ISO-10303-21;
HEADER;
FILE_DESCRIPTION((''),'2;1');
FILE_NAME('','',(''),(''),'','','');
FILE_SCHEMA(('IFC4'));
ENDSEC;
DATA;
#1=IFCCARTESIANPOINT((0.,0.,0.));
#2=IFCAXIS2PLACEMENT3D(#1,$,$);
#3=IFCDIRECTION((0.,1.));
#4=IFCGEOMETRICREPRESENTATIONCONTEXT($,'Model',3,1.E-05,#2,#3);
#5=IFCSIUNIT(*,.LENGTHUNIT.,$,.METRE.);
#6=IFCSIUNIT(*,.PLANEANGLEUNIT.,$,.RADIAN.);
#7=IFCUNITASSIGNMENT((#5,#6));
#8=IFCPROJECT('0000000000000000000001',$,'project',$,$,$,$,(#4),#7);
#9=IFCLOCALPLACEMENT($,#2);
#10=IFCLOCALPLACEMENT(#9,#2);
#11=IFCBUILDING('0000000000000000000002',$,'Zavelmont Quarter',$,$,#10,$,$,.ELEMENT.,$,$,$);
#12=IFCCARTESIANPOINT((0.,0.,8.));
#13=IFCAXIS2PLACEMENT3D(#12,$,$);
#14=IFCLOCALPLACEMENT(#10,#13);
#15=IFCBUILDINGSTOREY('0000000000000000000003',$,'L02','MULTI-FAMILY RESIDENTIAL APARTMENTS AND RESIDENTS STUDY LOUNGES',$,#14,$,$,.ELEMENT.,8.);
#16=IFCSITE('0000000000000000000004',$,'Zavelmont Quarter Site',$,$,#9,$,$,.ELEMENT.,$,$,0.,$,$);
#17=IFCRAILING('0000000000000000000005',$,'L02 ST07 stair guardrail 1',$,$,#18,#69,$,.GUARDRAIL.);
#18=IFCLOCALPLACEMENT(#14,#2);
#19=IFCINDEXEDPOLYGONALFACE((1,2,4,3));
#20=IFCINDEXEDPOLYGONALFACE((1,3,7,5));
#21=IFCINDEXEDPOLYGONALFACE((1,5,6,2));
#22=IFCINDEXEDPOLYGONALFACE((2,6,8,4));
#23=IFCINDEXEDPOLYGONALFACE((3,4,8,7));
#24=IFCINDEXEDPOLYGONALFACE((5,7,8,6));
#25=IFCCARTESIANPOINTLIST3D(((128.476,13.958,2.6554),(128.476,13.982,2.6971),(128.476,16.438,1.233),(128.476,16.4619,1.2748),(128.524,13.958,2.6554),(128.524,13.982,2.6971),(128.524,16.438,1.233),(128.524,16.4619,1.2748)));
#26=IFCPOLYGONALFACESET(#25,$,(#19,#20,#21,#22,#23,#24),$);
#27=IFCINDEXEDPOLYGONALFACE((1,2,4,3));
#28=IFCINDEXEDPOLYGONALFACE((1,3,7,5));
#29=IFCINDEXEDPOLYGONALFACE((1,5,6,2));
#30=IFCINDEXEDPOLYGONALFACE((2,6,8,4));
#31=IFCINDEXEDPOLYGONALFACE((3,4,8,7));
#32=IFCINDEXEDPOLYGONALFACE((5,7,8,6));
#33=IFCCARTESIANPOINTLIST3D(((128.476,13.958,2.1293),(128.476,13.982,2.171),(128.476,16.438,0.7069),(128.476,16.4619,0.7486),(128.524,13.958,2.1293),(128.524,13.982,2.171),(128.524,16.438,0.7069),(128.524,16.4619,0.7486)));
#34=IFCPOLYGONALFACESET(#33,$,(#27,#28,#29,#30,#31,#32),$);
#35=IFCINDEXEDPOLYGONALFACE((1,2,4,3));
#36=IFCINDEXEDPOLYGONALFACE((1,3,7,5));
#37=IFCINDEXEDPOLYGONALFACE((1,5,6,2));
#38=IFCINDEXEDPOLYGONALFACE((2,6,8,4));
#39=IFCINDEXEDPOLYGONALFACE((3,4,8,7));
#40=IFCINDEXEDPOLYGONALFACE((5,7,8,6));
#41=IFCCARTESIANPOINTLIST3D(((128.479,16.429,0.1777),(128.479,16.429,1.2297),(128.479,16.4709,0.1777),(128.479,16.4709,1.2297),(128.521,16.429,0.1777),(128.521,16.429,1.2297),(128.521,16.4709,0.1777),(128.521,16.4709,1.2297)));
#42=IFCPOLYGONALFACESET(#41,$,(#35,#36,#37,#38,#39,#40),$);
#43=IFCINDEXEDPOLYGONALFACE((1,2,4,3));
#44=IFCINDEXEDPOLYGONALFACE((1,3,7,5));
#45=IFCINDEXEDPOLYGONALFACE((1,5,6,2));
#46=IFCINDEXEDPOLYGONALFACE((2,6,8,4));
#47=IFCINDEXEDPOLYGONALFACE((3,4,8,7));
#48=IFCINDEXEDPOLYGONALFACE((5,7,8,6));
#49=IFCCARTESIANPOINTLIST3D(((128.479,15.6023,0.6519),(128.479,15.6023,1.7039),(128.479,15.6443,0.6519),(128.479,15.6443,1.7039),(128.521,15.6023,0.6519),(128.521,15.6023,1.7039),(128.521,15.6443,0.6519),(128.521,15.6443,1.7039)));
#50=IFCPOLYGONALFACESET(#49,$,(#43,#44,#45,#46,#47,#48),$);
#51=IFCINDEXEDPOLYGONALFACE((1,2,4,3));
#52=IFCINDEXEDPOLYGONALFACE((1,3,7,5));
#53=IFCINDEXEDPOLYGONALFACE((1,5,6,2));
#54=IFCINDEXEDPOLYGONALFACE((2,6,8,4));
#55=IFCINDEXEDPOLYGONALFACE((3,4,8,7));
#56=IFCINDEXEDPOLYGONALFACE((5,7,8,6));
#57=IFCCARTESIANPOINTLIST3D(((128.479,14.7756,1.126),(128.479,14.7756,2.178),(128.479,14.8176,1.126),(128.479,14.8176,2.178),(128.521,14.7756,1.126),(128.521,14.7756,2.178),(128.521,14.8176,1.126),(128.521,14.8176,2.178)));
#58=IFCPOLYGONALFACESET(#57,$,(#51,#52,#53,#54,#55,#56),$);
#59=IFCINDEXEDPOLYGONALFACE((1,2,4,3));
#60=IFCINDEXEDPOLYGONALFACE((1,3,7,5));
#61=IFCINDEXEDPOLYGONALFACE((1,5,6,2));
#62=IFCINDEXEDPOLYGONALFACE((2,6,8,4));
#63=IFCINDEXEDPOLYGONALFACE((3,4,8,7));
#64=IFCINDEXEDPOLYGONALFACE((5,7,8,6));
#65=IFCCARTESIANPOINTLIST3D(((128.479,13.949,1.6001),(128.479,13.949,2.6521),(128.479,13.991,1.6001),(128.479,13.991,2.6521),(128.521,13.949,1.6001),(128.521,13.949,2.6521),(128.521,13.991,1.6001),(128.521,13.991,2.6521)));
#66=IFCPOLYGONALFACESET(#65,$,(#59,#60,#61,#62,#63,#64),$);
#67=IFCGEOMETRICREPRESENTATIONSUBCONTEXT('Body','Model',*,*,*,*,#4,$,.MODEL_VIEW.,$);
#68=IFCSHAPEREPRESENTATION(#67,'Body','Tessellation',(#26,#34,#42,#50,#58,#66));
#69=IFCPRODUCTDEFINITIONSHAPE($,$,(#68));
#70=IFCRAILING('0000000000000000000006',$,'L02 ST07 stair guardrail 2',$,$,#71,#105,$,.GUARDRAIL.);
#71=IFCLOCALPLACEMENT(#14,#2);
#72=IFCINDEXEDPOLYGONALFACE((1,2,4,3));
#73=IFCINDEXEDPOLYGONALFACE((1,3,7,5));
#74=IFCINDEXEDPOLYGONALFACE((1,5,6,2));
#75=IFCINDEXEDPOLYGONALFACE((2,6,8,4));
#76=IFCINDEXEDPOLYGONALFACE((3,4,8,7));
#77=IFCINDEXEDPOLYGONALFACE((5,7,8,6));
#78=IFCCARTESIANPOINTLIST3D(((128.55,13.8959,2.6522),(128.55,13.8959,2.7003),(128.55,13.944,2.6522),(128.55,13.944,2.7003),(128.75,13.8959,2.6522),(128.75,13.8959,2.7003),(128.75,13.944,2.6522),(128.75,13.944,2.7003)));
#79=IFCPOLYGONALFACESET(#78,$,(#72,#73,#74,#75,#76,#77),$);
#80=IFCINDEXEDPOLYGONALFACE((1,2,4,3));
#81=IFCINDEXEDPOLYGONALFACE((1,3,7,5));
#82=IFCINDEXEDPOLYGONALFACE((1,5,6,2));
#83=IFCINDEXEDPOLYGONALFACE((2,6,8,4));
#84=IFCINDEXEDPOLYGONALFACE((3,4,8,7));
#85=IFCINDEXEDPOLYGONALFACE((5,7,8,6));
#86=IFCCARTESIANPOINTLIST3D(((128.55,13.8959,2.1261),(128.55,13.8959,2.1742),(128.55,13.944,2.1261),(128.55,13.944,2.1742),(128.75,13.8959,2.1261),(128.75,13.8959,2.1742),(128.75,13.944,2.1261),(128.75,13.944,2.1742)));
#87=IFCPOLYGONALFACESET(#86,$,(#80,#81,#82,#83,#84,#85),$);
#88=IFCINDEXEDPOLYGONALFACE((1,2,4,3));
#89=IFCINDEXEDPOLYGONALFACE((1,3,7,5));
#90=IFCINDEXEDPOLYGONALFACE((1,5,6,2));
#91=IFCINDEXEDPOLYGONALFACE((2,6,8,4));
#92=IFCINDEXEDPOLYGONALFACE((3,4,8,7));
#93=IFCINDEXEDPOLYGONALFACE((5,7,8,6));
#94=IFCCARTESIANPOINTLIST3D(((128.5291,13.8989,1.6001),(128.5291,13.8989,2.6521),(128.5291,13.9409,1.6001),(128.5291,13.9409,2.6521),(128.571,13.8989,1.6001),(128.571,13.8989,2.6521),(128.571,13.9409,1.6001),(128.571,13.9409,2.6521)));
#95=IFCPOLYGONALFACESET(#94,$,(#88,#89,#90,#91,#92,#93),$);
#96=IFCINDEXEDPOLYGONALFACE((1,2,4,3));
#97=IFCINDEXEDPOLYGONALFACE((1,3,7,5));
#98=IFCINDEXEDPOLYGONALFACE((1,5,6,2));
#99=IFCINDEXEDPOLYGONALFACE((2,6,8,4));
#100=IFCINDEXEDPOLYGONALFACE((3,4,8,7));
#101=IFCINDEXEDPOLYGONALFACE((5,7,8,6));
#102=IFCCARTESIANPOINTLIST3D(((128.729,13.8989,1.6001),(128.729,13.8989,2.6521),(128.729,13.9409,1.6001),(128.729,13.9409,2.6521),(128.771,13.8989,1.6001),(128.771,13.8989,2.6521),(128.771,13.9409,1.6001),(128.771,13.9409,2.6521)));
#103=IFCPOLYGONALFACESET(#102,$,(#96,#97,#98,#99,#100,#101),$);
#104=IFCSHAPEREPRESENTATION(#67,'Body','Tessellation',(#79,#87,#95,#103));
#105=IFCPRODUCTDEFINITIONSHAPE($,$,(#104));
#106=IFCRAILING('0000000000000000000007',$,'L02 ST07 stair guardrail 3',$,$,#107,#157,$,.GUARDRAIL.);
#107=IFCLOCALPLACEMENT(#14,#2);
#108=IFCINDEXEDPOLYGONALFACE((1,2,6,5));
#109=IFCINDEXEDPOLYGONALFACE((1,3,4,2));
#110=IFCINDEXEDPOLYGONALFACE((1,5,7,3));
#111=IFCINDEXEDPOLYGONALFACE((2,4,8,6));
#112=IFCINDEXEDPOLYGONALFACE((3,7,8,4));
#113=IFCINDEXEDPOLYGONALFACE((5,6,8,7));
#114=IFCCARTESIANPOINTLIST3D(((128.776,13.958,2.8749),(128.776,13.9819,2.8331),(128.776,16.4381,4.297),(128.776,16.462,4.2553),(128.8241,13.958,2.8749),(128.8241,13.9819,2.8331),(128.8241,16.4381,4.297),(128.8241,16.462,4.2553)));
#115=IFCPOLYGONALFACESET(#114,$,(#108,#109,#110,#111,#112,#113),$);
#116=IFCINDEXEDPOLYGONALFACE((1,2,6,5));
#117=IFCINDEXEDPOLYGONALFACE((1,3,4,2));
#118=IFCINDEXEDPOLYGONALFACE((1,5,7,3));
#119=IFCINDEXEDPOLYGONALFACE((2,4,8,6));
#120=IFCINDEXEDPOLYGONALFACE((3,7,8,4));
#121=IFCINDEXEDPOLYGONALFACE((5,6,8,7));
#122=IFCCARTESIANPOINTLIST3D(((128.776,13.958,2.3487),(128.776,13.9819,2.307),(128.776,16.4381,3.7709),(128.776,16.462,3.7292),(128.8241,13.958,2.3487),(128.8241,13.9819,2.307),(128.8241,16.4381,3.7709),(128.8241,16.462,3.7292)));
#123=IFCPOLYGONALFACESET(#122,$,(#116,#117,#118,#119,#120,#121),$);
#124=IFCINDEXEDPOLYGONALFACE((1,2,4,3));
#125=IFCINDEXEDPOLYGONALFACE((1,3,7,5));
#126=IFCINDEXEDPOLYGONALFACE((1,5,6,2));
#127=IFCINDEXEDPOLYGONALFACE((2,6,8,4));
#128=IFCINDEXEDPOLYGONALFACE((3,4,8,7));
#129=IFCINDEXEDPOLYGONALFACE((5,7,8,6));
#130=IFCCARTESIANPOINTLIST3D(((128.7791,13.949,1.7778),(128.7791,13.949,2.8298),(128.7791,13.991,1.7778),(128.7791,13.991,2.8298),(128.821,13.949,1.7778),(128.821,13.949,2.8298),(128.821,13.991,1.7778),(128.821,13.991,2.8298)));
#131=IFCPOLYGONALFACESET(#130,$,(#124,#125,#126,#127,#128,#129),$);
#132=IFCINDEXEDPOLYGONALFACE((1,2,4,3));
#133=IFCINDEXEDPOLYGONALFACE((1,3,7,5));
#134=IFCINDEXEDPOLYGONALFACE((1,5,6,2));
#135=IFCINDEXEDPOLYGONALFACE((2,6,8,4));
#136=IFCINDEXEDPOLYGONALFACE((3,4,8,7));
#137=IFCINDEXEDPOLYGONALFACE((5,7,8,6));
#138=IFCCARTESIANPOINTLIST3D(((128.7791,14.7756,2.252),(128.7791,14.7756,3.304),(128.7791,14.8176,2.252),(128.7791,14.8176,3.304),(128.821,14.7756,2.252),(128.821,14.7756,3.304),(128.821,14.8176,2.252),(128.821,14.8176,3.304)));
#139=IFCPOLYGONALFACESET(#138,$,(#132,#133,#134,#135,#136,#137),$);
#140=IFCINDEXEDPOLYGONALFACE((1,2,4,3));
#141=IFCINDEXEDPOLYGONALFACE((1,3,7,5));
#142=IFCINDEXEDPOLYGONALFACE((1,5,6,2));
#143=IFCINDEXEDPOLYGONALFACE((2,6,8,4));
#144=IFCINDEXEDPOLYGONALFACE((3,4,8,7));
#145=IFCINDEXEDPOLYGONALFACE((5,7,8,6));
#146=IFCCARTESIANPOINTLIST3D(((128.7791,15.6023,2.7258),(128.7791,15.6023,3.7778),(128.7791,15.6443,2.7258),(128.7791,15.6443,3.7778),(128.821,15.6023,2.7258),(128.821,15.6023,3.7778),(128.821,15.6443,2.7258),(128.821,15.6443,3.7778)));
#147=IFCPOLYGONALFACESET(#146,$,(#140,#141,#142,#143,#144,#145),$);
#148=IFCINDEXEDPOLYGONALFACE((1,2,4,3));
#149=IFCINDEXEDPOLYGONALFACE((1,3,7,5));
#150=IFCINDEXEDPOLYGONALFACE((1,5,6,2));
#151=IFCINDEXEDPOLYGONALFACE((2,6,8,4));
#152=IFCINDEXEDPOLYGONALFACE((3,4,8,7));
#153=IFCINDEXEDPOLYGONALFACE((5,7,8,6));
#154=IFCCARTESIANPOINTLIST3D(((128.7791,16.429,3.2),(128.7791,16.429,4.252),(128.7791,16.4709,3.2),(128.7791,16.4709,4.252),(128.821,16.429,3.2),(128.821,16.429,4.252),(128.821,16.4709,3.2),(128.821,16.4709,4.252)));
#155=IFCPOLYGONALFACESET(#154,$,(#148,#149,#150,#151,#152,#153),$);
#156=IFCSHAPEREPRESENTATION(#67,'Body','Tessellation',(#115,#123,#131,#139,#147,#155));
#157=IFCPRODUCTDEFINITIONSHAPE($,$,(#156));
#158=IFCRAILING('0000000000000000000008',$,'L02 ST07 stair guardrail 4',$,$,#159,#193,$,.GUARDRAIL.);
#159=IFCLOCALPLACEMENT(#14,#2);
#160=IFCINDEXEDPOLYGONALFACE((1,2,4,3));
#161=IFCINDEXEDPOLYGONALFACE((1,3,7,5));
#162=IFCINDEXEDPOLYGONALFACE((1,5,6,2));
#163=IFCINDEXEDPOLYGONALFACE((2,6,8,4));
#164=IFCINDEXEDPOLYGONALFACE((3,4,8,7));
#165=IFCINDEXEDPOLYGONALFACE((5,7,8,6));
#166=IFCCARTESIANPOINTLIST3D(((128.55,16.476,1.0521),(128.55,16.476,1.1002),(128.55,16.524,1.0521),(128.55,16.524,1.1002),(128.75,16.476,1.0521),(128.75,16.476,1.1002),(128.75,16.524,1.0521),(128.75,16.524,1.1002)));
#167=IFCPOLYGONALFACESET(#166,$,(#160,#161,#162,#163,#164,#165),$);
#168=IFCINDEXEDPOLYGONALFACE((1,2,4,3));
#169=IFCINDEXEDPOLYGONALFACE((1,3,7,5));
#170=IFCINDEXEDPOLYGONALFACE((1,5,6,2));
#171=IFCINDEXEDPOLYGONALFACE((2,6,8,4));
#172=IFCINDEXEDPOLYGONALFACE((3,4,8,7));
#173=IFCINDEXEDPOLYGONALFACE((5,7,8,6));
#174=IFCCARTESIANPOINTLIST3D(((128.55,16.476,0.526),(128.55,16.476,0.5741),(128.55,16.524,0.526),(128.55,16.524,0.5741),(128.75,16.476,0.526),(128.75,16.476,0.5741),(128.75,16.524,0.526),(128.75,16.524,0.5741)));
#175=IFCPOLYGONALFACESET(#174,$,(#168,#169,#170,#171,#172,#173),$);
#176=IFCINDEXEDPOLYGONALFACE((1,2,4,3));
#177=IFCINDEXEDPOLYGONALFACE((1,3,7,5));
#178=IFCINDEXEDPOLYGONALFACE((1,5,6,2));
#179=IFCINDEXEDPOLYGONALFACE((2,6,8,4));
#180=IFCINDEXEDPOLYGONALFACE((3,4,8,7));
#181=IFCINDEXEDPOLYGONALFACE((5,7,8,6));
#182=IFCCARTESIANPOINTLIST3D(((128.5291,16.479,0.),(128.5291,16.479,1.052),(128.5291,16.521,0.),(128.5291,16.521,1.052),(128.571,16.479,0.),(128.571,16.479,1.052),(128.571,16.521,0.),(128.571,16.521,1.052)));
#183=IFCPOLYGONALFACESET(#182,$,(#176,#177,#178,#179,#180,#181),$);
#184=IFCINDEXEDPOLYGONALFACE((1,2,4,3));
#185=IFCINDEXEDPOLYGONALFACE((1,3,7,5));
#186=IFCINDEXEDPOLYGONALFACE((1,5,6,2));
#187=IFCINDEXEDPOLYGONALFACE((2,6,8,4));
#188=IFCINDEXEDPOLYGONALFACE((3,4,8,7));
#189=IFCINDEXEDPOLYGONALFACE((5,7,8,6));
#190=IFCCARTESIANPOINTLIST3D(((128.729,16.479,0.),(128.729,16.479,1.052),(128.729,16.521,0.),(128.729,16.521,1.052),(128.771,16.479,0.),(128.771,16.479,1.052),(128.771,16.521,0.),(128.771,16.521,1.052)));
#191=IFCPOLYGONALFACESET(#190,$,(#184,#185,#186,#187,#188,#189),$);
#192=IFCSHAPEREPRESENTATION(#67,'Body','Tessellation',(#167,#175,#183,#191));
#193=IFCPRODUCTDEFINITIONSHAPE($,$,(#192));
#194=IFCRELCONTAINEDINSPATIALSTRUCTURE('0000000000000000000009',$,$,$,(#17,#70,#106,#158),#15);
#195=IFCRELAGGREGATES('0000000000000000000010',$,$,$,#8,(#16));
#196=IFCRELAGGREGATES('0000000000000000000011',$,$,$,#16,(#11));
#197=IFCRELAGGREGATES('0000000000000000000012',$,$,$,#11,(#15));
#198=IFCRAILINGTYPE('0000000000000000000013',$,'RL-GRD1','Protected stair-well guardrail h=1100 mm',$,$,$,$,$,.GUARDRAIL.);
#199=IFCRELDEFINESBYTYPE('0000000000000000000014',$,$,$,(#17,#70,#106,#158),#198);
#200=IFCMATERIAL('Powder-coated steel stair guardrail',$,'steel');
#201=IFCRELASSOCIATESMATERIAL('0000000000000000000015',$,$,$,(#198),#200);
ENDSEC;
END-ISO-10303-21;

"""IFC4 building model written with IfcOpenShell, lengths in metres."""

from ifc_helpers import new_model, si_unit, direction, frame, origin, origin_2d, place, context, subcontext, project, spatial, rectangle, extrude, material, type_object, element, save


model = new_model("IFC4")

# Units and contexts
model_context = context("Model", 3, precision=1e-05, world=origin(), true_north=direction((0.0, 1.0)))
body_context = subcontext(model_context, "Body", "Model", "MODEL_VIEW")
ifc_project = project(units=[si_unit("LENGTHUNIT", "METRE"), si_unit("PLANEANGLEUNIT", "RADIAN")], contexts=[model_context])

# Site, building, storey
site_placement = place(None, origin())
site = spatial("IfcSite", under=ifc_project, at=site_placement, Name="Zavelmont Quarter Site", CompositionType="ELEMENT", RefElevation=0.0)
building_placement = place(site_placement, origin())
building = spatial("IfcBuilding", under=site, at=building_placement, Name="Zavelmont Quarter", CompositionType="ELEMENT")
storey_placement = place(building_placement, frame((0.0, 0.0, 8.0)))
storey = spatial("IfcBuildingStorey", under=building, at=storey_placement, Name="L02", Description="MULTI-FAMILY RESIDENTIAL APARTMENTS AND RESIDENTS STUDY LOUNGES", CompositionType="ELEMENT", Elevation=8.0)

# Railings
ifc_material_1 = material(Name="Powder-coated steel stair guardrail", Category="steel")
railing_type_1 = type_object("IfcRailingType", Name="RL-GRD1", Description="Protected stair-well guardrail h=1100 mm", PredefinedType="GUARDRAIL", material=ifc_material_1)
railing_1_placement = place(storey_placement, frame((128.5, 16.45, 0.1777)))
element("IfcRailing", 1, at=railing_1_placement, inside=storey, type_object=railing_type_1, Name="L02 ST07 stair guardrail 1", PredefinedType="GUARDRAIL", context=body_context, shape_type="SweptSolid", body=[
    extrude(rectangle(XDim=0.0481, YDim=0.0481, at=origin_2d()), frame((0.0, 0.0, 1.0762), z_axis=(0.0, -0.867454, 0.497518), x_axis=(1.0, 0.0, 0.0)), (0.0, 0.0, 1.0), 2.8589),
    extrude(rectangle(XDim=0.0481, YDim=0.0481, at=origin_2d()), frame((0.0, 0.0, 0.55), z_axis=(0.0, -0.867454, 0.497518), x_axis=(1.0, 0.0, 0.0)), (0.0, 0.0, 1.0), 2.8589),
    extrude(rectangle(XDim=0.042, YDim=0.042, at=origin_2d()), origin(), (0.0, 0.0, 1.0), 1.052),
    extrude(rectangle(XDim=0.042, YDim=0.042, at=origin_2d()), frame((0.0, -0.8267, 0.4741)), (0.0, 0.0, 1.0), 1.052),
    extrude(rectangle(XDim=0.042, YDim=0.042, at=origin_2d()), frame((0.0, -1.6533, 0.9482)), (0.0, 0.0, 1.0), 1.052),
    extrude(rectangle(XDim=0.042, YDim=0.042, at=origin_2d()), frame((0.0, -2.48, 1.4224)), (0.0, 0.0, 1.0), 1.052),
])
railing_2_placement = place(storey_placement, frame((128.55, 13.9199, 1.6001)))
element("IfcRailing", 2, at=railing_2_placement, inside=storey, type_object=railing_type_1, Name="L02 ST07 stair guardrail 2", PredefinedType="GUARDRAIL", context=body_context, shape_type="SweptSolid", body=[
    extrude(rectangle(XDim=0.0481, YDim=0.0481, at=origin_2d()), frame((0.0, 0.0, 1.0762), z_axis=(1.0, 0.0, 0.0), x_axis=(0.0, 1.0, 0.0)), (0.0, 0.0, 1.0), 0.2),
    extrude(rectangle(XDim=0.0481, YDim=0.0481, at=origin_2d()), frame((0.0, 0.0, 0.55), z_axis=(1.0, 0.0, 0.0), x_axis=(0.0, 1.0, 0.0)), (0.0, 0.0, 1.0), 0.2),
    extrude(rectangle(XDim=0.042, YDim=0.042, at=origin_2d()), origin(), (0.0, 0.0, 1.0), 1.052),
    extrude(rectangle(XDim=0.042, YDim=0.042, at=origin_2d()), frame((0.2, 0.0, 0.0)), (0.0, 0.0, 1.0), 1.052),
])
railing_3_placement = place(storey_placement, frame((128.8, 13.97, 1.7778)))
element("IfcRailing", 3, at=railing_3_placement, inside=storey, type_object=railing_type_1, Name="L02 ST07 stair guardrail 3", PredefinedType="GUARDRAIL", context=body_context, shape_type="SweptSolid", body=[
    extrude(rectangle(XDim=0.0481, YDim=0.0481, at=origin_2d()), frame((0.0, 0.0, 1.0762), z_axis=(0.0, 0.867491, 0.497454), x_axis=(-1.0, 0.0, 0.0)), (0.0, 0.0, 1.0), 2.8589),
    extrude(rectangle(XDim=0.0481, YDim=0.0481, at=origin_2d()), frame((0.0, 0.0, 0.55), z_axis=(0.0, 0.867491, 0.497454), x_axis=(-1.0, 0.0, 0.0)), (0.0, 0.0, 1.0), 2.8589),
    extrude(rectangle(XDim=0.042, YDim=0.042, at=origin_2d()), origin(), (0.0, 0.0, 1.0), 1.052),
    extrude(rectangle(XDim=0.042, YDim=0.042, at=origin_2d()), frame((0.0, 0.8267, 0.4741)), (0.0, 0.0, 1.0), 1.052),
    extrude(rectangle(XDim=0.042, YDim=0.042, at=origin_2d()), frame((0.0, 1.6533, 0.948)), (0.0, 0.0, 1.0), 1.052),
    extrude(rectangle(XDim=0.042, YDim=0.042, at=origin_2d()), frame((0.0, 2.48, 1.4221)), (0.0, 0.0, 1.0), 1.052),
])
railing_4_placement = place(storey_placement, frame((128.55, 16.5, 0.0)))
element("IfcRailing", 4, at=railing_4_placement, inside=storey, type_object=railing_type_1, Name="L02 ST07 stair guardrail 4", PredefinedType="GUARDRAIL", context=body_context, shape_type="SweptSolid", body=[
    extrude(rectangle(XDim=0.0481, YDim=0.0481, at=origin_2d()), frame((0.0, 0.0, 1.0762), z_axis=(1.0, 0.0, 0.0), x_axis=(0.0, 1.0, 0.0)), (0.0, 0.0, 1.0), 0.2),
    extrude(rectangle(XDim=0.0481, YDim=0.0481, at=origin_2d()), frame((0.0, 0.0, 0.55), z_axis=(1.0, 0.0, 0.0), x_axis=(0.0, 1.0, 0.0)), (0.0, 0.0, 1.0), 0.2),
    extrude(rectangle(XDim=0.042, YDim=0.042, at=origin_2d()), origin(), (0.0, 0.0, 1.0), 1.052),
    extrude(rectangle(XDim=0.042, YDim=0.042, at=origin_2d()), frame((0.2, 0.0, 0.0)), (0.0, 0.0, 1.0), 1.052),
])

save(model, "model.ifc")
